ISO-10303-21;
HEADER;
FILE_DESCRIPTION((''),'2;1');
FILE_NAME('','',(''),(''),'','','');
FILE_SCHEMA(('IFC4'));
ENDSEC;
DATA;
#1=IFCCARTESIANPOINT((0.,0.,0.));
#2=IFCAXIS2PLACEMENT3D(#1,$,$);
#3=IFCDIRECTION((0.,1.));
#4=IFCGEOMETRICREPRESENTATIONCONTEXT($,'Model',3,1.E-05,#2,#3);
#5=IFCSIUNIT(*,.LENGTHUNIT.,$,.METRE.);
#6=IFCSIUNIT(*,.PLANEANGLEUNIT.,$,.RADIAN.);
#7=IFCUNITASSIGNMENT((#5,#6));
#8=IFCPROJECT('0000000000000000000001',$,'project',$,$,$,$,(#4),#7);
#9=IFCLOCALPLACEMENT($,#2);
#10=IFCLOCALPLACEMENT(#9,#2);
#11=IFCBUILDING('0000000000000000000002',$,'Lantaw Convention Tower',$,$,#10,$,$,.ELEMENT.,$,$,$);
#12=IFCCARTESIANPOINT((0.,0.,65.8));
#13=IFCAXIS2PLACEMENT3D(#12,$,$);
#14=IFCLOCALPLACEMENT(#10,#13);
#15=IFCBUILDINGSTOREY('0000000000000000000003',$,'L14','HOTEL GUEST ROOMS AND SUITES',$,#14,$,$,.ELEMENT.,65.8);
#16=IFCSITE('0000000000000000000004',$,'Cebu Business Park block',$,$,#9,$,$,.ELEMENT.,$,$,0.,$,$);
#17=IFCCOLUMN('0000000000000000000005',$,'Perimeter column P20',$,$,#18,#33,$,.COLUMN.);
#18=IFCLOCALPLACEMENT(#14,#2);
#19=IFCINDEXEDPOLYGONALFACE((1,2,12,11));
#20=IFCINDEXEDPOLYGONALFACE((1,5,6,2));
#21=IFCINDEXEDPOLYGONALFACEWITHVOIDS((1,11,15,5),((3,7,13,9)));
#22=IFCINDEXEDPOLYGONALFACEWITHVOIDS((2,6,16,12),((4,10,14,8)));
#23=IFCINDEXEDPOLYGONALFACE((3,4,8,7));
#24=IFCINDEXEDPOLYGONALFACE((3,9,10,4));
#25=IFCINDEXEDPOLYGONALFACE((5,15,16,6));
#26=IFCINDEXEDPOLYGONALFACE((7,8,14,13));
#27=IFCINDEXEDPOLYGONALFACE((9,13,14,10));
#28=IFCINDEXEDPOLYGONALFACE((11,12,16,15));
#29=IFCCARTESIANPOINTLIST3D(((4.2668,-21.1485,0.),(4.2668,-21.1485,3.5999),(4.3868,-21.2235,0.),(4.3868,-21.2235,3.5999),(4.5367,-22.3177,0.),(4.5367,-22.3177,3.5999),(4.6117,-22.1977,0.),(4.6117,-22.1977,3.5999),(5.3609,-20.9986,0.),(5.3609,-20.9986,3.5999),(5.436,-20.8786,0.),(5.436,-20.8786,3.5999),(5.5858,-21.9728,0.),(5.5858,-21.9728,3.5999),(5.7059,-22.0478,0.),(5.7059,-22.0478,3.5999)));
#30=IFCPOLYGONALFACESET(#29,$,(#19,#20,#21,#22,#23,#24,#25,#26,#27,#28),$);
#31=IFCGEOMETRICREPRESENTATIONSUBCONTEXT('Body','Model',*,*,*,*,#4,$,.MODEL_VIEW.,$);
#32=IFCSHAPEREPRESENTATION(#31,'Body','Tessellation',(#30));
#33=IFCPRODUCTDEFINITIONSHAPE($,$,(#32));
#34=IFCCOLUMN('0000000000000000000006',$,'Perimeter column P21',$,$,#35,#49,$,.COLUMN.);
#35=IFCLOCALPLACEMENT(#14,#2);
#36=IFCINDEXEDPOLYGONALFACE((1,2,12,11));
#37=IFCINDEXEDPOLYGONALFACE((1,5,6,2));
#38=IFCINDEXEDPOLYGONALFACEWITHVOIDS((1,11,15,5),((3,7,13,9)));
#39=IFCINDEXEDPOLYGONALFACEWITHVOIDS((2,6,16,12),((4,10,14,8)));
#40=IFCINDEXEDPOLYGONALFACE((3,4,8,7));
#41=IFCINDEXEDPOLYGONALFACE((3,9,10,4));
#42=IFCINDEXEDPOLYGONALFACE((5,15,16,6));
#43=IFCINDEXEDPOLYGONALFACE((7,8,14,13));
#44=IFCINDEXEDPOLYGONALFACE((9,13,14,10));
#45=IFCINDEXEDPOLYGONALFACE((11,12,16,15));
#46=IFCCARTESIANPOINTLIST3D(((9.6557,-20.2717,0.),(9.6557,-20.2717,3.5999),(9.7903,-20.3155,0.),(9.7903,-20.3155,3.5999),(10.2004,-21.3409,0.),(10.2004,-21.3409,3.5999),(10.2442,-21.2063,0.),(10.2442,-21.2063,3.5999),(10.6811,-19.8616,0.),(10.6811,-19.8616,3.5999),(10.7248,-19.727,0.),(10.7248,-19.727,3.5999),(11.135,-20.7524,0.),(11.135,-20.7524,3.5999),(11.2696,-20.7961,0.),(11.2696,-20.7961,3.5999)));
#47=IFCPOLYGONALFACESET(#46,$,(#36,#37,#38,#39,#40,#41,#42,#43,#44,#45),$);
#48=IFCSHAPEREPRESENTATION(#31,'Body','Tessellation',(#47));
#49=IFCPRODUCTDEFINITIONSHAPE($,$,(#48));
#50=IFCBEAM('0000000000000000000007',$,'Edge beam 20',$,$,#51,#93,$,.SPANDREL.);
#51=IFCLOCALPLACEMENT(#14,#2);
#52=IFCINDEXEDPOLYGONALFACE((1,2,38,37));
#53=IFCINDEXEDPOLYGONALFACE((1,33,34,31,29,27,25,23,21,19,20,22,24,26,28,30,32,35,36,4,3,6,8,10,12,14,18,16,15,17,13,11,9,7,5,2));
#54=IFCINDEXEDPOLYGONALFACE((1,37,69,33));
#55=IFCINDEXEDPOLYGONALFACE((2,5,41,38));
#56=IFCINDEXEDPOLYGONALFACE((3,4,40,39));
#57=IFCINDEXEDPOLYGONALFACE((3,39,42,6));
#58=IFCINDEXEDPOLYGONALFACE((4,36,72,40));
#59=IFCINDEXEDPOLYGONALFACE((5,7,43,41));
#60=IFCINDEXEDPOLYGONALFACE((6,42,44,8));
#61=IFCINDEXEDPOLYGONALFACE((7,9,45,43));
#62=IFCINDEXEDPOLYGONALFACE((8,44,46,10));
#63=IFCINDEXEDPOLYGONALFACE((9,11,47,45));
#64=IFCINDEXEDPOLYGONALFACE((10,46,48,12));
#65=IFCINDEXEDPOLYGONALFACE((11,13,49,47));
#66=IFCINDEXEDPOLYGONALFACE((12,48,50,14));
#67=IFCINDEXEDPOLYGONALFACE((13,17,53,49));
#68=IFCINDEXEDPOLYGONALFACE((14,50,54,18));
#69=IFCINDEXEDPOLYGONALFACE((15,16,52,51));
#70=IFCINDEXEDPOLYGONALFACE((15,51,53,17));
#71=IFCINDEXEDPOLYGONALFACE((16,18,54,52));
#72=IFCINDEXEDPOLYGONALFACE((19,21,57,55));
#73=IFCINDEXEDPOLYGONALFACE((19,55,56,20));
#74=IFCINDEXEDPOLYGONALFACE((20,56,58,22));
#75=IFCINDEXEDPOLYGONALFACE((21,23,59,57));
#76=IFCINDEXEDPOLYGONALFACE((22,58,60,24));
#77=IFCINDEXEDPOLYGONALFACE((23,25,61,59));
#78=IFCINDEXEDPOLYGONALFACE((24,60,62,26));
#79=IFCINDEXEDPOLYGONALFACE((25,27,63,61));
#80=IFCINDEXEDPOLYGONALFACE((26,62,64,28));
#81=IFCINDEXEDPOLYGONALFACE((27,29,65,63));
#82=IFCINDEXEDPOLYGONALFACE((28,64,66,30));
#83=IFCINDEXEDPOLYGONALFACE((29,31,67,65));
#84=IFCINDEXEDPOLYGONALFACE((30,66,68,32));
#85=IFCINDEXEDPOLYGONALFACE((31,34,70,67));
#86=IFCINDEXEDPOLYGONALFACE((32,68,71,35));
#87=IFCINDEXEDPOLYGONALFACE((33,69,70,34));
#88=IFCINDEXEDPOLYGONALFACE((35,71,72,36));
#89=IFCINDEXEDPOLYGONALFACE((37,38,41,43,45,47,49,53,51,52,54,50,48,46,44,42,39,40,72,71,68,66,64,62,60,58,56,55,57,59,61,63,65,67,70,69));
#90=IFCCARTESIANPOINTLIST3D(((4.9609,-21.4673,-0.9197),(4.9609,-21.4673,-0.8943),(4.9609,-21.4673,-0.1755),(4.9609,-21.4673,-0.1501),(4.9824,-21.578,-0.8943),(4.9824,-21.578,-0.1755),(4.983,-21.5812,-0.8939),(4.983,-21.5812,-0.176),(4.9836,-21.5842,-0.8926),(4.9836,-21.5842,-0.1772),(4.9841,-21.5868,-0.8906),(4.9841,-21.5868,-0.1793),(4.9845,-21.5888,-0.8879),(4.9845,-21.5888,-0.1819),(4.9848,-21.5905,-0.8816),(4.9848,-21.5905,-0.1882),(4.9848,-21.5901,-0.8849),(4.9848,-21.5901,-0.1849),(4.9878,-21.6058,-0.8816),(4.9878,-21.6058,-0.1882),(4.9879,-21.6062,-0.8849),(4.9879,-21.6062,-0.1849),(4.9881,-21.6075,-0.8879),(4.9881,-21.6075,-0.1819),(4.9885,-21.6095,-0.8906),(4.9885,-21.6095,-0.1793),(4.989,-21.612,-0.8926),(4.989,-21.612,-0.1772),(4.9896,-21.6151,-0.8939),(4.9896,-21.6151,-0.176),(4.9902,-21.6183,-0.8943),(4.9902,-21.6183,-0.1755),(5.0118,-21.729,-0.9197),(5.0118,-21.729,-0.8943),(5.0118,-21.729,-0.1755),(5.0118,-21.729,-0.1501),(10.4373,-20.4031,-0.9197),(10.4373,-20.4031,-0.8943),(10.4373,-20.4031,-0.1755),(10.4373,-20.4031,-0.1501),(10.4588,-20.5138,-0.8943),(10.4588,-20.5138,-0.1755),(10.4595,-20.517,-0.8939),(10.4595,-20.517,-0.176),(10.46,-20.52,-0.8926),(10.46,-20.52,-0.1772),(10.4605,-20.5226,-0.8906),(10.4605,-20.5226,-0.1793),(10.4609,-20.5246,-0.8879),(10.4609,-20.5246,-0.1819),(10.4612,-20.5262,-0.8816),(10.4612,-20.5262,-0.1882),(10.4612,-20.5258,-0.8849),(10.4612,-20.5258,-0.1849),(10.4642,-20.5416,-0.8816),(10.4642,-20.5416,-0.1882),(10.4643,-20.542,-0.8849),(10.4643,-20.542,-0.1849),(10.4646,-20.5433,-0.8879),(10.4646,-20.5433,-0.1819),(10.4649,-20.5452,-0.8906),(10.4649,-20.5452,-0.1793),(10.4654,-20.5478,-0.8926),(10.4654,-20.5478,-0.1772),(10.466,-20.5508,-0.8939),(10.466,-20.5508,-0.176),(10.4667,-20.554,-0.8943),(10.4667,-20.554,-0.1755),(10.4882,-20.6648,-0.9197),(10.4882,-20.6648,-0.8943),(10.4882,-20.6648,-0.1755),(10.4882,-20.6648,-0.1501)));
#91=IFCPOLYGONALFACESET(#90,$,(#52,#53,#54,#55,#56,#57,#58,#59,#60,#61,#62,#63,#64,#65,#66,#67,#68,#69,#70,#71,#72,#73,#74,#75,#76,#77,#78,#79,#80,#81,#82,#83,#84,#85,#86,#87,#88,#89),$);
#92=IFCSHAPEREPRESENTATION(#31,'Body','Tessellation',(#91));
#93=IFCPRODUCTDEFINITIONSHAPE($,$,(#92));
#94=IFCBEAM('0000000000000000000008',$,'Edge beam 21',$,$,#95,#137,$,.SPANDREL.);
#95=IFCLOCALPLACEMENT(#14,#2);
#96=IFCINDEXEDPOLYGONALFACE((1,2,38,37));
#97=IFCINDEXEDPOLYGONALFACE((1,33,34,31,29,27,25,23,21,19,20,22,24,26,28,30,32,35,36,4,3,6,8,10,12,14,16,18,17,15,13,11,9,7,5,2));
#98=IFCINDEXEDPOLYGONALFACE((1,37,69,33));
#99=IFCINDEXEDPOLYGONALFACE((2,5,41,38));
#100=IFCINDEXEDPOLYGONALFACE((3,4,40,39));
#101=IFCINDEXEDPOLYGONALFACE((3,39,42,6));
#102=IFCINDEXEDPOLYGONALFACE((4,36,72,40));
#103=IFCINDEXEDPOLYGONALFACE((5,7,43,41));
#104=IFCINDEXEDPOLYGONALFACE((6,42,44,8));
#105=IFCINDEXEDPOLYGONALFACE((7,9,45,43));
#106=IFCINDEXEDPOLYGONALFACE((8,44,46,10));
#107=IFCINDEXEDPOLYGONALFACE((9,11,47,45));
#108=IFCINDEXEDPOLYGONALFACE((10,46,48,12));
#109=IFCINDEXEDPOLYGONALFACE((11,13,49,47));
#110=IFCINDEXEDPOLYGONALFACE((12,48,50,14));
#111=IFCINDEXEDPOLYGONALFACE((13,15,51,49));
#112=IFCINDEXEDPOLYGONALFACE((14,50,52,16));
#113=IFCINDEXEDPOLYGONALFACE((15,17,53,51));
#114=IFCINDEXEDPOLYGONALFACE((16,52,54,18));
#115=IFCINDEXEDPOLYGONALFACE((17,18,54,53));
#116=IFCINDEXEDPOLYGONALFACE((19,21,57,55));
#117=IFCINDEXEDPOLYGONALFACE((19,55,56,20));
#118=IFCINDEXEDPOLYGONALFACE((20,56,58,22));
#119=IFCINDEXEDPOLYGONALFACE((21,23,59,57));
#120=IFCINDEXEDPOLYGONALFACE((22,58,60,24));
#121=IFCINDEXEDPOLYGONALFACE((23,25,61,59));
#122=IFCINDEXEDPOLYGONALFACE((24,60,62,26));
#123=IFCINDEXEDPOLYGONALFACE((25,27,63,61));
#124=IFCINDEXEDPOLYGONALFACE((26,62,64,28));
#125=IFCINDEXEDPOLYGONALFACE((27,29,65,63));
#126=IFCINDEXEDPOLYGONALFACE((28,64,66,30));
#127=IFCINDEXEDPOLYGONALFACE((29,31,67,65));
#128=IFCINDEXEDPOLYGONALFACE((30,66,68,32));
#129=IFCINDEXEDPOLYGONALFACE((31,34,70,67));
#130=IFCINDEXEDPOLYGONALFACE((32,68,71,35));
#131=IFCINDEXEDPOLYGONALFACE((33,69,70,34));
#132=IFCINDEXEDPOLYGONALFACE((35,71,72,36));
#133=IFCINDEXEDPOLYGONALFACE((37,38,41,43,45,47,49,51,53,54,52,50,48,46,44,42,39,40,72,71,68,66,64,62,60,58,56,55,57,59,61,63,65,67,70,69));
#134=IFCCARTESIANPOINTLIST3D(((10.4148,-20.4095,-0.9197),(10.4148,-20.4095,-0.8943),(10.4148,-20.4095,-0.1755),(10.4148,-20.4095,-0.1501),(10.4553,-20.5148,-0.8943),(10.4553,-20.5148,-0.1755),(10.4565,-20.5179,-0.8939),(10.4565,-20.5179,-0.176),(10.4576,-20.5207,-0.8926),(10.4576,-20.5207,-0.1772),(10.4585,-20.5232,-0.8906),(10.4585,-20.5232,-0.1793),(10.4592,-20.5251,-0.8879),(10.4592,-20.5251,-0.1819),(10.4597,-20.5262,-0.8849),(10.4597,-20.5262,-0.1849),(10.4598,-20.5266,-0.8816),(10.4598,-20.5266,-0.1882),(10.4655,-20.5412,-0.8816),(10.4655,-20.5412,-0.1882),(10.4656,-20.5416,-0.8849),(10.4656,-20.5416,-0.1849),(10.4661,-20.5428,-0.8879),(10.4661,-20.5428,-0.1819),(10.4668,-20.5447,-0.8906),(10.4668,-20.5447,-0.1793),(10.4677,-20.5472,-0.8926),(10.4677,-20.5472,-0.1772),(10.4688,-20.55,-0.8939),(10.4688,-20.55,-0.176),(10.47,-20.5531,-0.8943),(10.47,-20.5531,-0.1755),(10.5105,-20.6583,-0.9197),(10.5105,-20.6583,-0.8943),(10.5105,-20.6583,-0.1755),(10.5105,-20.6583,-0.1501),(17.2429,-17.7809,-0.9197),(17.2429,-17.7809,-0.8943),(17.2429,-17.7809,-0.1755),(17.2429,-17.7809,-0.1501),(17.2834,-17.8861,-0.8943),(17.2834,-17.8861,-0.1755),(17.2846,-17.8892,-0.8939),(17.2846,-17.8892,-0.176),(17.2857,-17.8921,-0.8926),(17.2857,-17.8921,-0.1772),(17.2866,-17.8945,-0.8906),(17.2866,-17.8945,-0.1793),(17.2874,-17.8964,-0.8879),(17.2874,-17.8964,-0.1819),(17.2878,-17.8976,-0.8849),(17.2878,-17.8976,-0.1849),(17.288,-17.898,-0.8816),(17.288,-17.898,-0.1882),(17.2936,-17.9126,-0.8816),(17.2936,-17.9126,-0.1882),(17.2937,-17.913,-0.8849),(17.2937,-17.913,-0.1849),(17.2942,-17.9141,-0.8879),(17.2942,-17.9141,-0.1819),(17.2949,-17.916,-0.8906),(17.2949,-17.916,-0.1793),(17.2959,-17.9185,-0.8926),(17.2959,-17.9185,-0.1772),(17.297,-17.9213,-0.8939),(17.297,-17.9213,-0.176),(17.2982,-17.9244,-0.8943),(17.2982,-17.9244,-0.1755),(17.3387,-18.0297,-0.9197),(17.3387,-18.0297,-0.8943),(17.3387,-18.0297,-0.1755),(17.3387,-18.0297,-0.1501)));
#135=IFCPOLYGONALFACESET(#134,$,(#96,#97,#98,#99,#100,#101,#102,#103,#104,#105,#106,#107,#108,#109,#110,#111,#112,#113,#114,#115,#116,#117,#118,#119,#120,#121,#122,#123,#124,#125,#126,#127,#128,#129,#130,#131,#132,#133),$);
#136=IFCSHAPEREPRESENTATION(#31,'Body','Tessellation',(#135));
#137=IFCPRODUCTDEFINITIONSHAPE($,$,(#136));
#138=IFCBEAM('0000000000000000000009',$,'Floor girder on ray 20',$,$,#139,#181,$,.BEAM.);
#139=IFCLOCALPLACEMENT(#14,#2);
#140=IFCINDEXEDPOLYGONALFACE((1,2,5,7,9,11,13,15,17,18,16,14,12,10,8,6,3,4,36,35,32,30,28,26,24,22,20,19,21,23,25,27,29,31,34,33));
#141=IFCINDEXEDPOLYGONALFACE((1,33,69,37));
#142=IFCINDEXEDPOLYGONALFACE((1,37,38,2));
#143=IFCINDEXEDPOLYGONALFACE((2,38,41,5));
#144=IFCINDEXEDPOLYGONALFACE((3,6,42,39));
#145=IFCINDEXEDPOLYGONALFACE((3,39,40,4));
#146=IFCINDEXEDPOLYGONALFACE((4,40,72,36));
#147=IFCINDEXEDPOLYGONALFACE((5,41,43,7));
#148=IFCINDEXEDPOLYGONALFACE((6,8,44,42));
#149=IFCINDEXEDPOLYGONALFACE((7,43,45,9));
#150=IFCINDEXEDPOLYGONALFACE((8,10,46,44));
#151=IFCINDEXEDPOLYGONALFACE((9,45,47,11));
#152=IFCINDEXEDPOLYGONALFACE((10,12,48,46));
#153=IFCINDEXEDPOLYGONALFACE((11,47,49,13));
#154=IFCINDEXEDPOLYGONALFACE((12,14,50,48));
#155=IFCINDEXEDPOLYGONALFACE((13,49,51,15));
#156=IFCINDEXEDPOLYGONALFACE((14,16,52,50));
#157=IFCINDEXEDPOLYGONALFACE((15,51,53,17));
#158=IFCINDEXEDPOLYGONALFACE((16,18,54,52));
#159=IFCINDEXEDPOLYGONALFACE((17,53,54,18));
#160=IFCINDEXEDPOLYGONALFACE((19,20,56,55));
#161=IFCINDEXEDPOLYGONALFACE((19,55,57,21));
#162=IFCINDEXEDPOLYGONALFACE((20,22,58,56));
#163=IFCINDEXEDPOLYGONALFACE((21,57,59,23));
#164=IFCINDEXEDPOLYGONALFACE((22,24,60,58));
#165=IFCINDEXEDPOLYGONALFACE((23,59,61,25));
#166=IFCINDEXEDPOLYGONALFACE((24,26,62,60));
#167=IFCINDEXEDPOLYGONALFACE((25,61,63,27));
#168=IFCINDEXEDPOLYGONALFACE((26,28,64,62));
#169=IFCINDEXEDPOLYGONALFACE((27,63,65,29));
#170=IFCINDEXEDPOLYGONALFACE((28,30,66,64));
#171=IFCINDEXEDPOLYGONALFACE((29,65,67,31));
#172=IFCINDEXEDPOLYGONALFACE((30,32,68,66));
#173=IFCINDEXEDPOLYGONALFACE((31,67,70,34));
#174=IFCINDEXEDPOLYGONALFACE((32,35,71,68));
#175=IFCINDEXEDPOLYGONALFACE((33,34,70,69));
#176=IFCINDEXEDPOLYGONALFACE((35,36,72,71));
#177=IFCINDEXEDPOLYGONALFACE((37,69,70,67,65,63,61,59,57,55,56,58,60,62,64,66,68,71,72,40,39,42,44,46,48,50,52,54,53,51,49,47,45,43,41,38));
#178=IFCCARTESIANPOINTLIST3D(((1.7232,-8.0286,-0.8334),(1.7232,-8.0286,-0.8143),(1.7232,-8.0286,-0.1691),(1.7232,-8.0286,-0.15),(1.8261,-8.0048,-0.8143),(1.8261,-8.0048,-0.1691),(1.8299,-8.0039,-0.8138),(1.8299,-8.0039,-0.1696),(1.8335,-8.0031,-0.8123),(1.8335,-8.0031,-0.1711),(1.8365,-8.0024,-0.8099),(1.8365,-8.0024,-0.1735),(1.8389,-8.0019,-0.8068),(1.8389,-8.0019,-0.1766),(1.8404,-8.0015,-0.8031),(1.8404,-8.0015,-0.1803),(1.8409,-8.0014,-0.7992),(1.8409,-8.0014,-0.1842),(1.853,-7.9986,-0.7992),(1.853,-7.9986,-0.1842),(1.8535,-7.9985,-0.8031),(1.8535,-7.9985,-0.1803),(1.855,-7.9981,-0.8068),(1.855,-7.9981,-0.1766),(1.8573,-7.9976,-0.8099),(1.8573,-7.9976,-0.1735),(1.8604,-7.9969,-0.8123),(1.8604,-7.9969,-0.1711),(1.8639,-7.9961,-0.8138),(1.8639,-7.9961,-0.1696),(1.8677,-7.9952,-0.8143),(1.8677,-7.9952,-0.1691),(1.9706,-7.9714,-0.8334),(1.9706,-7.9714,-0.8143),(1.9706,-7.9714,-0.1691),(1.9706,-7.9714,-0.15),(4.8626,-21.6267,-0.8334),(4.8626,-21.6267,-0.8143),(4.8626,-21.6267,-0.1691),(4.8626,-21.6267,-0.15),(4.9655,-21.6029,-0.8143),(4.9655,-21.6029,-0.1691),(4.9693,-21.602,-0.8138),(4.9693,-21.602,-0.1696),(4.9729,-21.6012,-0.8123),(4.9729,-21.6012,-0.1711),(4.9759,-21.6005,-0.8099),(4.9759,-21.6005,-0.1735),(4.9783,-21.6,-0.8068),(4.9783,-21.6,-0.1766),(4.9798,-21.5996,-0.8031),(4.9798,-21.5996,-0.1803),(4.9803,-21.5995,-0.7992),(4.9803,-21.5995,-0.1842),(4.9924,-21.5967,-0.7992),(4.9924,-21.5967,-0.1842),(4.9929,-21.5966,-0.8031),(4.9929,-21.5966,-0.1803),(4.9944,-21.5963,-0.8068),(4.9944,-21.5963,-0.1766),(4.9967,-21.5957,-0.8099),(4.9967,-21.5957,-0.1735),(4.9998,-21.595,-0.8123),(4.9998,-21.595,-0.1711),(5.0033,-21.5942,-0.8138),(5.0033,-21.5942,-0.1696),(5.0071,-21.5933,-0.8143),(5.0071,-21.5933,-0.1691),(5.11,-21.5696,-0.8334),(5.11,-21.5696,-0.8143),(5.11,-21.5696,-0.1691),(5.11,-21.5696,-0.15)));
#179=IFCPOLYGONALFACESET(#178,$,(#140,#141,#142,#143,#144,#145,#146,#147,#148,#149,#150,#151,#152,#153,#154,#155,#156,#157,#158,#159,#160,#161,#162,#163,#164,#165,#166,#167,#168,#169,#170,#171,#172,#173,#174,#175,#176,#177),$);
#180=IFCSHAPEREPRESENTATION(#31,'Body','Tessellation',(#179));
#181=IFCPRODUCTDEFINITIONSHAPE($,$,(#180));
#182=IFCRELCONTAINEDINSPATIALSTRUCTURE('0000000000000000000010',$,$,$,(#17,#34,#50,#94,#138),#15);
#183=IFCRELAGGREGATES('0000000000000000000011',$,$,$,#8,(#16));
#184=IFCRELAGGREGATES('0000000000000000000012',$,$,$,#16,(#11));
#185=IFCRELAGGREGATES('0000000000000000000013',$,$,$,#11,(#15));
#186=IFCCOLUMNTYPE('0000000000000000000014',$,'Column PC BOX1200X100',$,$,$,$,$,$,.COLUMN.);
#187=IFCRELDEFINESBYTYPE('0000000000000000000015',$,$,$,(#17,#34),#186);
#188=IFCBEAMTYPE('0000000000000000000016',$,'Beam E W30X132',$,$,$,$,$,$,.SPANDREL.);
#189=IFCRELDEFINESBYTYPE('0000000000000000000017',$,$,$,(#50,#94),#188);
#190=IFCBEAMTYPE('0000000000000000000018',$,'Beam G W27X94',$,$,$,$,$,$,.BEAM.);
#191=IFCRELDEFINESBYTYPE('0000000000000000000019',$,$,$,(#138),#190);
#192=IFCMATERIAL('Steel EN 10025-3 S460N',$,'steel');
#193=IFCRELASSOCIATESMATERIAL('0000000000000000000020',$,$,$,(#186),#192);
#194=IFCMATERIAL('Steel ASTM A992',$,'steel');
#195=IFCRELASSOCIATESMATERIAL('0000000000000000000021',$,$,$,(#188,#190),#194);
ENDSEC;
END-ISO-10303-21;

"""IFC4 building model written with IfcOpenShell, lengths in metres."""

from ifc_helpers import new_model, si_unit, direction, frame, origin, origin_2d, place, context, subcontext, project, spatial, rectangle, hollow_rectangle, i_section, extrude, material, material_profile, profile_set, type_object, element, save


model = new_model("IFC4")

# Units and contexts
model_context = context("Model", 3, precision=1e-05, world=origin(), true_north=direction((0.0, 1.0)))
body_context = subcontext(model_context, "Body", "Model", "MODEL_VIEW")
ifc_project = project(units=[si_unit("LENGTHUNIT", "METRE"), si_unit("PLANEANGLEUNIT", "RADIAN")], contexts=[model_context])

# Site, building, storey
site_placement = place(None, origin())
site = spatial("IfcSite", under=ifc_project, at=site_placement, Name="Cebu Business Park block", CompositionType="ELEMENT", RefElevation=0.0)
building_placement = place(site_placement, origin())
building = spatial("IfcBuilding", under=site, at=building_placement, Name="Lantaw Convention Tower", CompositionType="ELEMENT")
storey_placement = place(building_placement, frame((0.0, 0.0, 65.8)))
storey = spatial("IfcBuildingStorey", under=building, at=storey_placement, Name="L14", Description="HOTEL GUEST ROOMS AND SUITES", CompositionType="ELEMENT", Elevation=65.8)

# Columns
ifc_material_1 = material(Name="Steel EN 10025-3 S460N", Category="steel")
ifc_material_profile_1 = material_profile(ifc_material_1, hollow_rectangle(XDim=1.2, YDim=1.2, WallThickness=0.1001, at=origin_2d()), Name="BOX1200X100")
ifc_material_2 = material(Name="Concrete C60/75", Category="concrete")
ifc_material_profile_2 = material_profile(ifc_material_2, rectangle(XDim=1.0, YDim=1.0, at=origin_2d()), Name="Concrete fill of BOX1200X100")
ifc_profile_set_1 = profile_set([ifc_material_profile_1, ifc_material_profile_2], Name="Steel EN 10025-3 S460N")
column_type = type_object("IfcColumnType", Name="Column PC BOX1200X100", PredefinedType="COLUMN", material=ifc_profile_set_1)
for number, where, z_axis, x_axis, name in (
    (1, (4.9863, -21.5981, 0.0), (0.0, 0.0, 1.0), (0.97437, 0.224951, 0.0), "Perimeter column P20"),
    (2, (10.4626, -20.5339, 0.0), (0.0, 0.0, 1.0), (0.891007, 0.45399, 0.0), "Perimeter column P21"),
):
    element("IfcColumn", number, at=place(storey_placement, frame(where, z_axis=z_axis, x_axis=x_axis)), inside=storey, type_object=column_type, Name=name, PredefinedType="COLUMN", context=body_context, shape_type="SweptSolid", body=[
        extrude(hollow_rectangle(XDim=1.2, YDim=1.2, WallThickness=0.1001, at=origin_2d()), origin(), (0.0, 0.0, 1.0), 3.5999),
    ])

# Beams
ifc_material_3 = material(Name="Steel ASTM A992", Category="steel")
ifc_material_profile_3 = material_profile(ifc_material_3, i_section(OverallWidth=0.2666, OverallDepth=0.7695, WebThickness=0.0156, FlangeThickness=0.0254, FilletRadius=0.0127, at=origin_2d()), Name="W30X132")
ifc_profile_set_2 = profile_set([ifc_material_profile_3], Name="Steel ASTM A992")
beam_type_1 = type_object("IfcBeamType", Name="Beam E W30X132", PredefinedType="SPANDREL", material=ifc_profile_set_2)
beam_1_placement = place(storey_placement, frame((4.9863, -21.5981, -0.5349), z_axis=(0.981637, 0.190761, 0.0), x_axis=(-0.190761, 0.981637, 0.0)))
element("IfcBeam", 3, at=beam_1_placement, inside=storey, type_object=beam_type_1, Name="Edge beam 20", PredefinedType="SPANDREL", context=body_context, shape_type="SweptSolid", body=[
    extrude(i_section(OverallWidth=0.2666, OverallDepth=0.7695, WebThickness=0.0156, FlangeThickness=0.0254, FilletRadius=0.0127, at=origin_2d()), origin(), (0.0, 0.0, 1.0), 5.5789),
])
beam_2_placement = place(storey_placement, frame((10.4626, -20.5339, -0.5349), z_axis=(0.933233, 0.359272, 0.0), x_axis=(-0.359272, 0.933233, 0.0)))
element("IfcBeam", 4, at=beam_2_placement, inside=storey, type_object=beam_type_1, Name="Edge beam 21", PredefinedType="SPANDREL", context=body_context, shape_type="SweptSolid", body=[
    extrude(i_section(OverallWidth=0.2666, OverallDepth=0.7695, WebThickness=0.0156, FlangeThickness=0.0254, FilletRadius=0.0127, at=origin_2d()), origin(), (0.0, 0.0, 1.0), 7.3167),
])
ifc_material_profile_4 = material_profile(ifc_material_3, i_section(OverallWidth=0.2539, OverallDepth=0.6833, WebThickness=0.0125, FlangeThickness=0.019, FilletRadius=0.0151, at=origin_2d()), Name="W27X94")
ifc_profile_set_3 = profile_set([ifc_material_profile_4], Name="Steel ASTM A992")
beam_type_2 = type_object("IfcBeamType", Name="Beam G W27X94", PredefinedType="BEAM", material=ifc_profile_set_3)
beam_3_placement = place(storey_placement, frame((1.8469, -8.0, -0.4917), z_axis=(0.224953, -0.97437, 0.0), x_axis=(0.97437, 0.224953, 0.0)))
element("IfcBeam", 5, at=beam_3_placement, inside=storey, type_object=beam_type_2, Name="Floor girder on ray 20", PredefinedType="BEAM", context=body_context, shape_type="SweptSolid", body=[
    extrude(i_section(OverallWidth=0.2539, OverallDepth=0.6833, WebThickness=0.0125, FlangeThickness=0.019, FilletRadius=0.0151, at=origin_2d()), origin(), (0.0, 0.0, 1.0), 13.9558),
])

save(model, "model.ifc")
